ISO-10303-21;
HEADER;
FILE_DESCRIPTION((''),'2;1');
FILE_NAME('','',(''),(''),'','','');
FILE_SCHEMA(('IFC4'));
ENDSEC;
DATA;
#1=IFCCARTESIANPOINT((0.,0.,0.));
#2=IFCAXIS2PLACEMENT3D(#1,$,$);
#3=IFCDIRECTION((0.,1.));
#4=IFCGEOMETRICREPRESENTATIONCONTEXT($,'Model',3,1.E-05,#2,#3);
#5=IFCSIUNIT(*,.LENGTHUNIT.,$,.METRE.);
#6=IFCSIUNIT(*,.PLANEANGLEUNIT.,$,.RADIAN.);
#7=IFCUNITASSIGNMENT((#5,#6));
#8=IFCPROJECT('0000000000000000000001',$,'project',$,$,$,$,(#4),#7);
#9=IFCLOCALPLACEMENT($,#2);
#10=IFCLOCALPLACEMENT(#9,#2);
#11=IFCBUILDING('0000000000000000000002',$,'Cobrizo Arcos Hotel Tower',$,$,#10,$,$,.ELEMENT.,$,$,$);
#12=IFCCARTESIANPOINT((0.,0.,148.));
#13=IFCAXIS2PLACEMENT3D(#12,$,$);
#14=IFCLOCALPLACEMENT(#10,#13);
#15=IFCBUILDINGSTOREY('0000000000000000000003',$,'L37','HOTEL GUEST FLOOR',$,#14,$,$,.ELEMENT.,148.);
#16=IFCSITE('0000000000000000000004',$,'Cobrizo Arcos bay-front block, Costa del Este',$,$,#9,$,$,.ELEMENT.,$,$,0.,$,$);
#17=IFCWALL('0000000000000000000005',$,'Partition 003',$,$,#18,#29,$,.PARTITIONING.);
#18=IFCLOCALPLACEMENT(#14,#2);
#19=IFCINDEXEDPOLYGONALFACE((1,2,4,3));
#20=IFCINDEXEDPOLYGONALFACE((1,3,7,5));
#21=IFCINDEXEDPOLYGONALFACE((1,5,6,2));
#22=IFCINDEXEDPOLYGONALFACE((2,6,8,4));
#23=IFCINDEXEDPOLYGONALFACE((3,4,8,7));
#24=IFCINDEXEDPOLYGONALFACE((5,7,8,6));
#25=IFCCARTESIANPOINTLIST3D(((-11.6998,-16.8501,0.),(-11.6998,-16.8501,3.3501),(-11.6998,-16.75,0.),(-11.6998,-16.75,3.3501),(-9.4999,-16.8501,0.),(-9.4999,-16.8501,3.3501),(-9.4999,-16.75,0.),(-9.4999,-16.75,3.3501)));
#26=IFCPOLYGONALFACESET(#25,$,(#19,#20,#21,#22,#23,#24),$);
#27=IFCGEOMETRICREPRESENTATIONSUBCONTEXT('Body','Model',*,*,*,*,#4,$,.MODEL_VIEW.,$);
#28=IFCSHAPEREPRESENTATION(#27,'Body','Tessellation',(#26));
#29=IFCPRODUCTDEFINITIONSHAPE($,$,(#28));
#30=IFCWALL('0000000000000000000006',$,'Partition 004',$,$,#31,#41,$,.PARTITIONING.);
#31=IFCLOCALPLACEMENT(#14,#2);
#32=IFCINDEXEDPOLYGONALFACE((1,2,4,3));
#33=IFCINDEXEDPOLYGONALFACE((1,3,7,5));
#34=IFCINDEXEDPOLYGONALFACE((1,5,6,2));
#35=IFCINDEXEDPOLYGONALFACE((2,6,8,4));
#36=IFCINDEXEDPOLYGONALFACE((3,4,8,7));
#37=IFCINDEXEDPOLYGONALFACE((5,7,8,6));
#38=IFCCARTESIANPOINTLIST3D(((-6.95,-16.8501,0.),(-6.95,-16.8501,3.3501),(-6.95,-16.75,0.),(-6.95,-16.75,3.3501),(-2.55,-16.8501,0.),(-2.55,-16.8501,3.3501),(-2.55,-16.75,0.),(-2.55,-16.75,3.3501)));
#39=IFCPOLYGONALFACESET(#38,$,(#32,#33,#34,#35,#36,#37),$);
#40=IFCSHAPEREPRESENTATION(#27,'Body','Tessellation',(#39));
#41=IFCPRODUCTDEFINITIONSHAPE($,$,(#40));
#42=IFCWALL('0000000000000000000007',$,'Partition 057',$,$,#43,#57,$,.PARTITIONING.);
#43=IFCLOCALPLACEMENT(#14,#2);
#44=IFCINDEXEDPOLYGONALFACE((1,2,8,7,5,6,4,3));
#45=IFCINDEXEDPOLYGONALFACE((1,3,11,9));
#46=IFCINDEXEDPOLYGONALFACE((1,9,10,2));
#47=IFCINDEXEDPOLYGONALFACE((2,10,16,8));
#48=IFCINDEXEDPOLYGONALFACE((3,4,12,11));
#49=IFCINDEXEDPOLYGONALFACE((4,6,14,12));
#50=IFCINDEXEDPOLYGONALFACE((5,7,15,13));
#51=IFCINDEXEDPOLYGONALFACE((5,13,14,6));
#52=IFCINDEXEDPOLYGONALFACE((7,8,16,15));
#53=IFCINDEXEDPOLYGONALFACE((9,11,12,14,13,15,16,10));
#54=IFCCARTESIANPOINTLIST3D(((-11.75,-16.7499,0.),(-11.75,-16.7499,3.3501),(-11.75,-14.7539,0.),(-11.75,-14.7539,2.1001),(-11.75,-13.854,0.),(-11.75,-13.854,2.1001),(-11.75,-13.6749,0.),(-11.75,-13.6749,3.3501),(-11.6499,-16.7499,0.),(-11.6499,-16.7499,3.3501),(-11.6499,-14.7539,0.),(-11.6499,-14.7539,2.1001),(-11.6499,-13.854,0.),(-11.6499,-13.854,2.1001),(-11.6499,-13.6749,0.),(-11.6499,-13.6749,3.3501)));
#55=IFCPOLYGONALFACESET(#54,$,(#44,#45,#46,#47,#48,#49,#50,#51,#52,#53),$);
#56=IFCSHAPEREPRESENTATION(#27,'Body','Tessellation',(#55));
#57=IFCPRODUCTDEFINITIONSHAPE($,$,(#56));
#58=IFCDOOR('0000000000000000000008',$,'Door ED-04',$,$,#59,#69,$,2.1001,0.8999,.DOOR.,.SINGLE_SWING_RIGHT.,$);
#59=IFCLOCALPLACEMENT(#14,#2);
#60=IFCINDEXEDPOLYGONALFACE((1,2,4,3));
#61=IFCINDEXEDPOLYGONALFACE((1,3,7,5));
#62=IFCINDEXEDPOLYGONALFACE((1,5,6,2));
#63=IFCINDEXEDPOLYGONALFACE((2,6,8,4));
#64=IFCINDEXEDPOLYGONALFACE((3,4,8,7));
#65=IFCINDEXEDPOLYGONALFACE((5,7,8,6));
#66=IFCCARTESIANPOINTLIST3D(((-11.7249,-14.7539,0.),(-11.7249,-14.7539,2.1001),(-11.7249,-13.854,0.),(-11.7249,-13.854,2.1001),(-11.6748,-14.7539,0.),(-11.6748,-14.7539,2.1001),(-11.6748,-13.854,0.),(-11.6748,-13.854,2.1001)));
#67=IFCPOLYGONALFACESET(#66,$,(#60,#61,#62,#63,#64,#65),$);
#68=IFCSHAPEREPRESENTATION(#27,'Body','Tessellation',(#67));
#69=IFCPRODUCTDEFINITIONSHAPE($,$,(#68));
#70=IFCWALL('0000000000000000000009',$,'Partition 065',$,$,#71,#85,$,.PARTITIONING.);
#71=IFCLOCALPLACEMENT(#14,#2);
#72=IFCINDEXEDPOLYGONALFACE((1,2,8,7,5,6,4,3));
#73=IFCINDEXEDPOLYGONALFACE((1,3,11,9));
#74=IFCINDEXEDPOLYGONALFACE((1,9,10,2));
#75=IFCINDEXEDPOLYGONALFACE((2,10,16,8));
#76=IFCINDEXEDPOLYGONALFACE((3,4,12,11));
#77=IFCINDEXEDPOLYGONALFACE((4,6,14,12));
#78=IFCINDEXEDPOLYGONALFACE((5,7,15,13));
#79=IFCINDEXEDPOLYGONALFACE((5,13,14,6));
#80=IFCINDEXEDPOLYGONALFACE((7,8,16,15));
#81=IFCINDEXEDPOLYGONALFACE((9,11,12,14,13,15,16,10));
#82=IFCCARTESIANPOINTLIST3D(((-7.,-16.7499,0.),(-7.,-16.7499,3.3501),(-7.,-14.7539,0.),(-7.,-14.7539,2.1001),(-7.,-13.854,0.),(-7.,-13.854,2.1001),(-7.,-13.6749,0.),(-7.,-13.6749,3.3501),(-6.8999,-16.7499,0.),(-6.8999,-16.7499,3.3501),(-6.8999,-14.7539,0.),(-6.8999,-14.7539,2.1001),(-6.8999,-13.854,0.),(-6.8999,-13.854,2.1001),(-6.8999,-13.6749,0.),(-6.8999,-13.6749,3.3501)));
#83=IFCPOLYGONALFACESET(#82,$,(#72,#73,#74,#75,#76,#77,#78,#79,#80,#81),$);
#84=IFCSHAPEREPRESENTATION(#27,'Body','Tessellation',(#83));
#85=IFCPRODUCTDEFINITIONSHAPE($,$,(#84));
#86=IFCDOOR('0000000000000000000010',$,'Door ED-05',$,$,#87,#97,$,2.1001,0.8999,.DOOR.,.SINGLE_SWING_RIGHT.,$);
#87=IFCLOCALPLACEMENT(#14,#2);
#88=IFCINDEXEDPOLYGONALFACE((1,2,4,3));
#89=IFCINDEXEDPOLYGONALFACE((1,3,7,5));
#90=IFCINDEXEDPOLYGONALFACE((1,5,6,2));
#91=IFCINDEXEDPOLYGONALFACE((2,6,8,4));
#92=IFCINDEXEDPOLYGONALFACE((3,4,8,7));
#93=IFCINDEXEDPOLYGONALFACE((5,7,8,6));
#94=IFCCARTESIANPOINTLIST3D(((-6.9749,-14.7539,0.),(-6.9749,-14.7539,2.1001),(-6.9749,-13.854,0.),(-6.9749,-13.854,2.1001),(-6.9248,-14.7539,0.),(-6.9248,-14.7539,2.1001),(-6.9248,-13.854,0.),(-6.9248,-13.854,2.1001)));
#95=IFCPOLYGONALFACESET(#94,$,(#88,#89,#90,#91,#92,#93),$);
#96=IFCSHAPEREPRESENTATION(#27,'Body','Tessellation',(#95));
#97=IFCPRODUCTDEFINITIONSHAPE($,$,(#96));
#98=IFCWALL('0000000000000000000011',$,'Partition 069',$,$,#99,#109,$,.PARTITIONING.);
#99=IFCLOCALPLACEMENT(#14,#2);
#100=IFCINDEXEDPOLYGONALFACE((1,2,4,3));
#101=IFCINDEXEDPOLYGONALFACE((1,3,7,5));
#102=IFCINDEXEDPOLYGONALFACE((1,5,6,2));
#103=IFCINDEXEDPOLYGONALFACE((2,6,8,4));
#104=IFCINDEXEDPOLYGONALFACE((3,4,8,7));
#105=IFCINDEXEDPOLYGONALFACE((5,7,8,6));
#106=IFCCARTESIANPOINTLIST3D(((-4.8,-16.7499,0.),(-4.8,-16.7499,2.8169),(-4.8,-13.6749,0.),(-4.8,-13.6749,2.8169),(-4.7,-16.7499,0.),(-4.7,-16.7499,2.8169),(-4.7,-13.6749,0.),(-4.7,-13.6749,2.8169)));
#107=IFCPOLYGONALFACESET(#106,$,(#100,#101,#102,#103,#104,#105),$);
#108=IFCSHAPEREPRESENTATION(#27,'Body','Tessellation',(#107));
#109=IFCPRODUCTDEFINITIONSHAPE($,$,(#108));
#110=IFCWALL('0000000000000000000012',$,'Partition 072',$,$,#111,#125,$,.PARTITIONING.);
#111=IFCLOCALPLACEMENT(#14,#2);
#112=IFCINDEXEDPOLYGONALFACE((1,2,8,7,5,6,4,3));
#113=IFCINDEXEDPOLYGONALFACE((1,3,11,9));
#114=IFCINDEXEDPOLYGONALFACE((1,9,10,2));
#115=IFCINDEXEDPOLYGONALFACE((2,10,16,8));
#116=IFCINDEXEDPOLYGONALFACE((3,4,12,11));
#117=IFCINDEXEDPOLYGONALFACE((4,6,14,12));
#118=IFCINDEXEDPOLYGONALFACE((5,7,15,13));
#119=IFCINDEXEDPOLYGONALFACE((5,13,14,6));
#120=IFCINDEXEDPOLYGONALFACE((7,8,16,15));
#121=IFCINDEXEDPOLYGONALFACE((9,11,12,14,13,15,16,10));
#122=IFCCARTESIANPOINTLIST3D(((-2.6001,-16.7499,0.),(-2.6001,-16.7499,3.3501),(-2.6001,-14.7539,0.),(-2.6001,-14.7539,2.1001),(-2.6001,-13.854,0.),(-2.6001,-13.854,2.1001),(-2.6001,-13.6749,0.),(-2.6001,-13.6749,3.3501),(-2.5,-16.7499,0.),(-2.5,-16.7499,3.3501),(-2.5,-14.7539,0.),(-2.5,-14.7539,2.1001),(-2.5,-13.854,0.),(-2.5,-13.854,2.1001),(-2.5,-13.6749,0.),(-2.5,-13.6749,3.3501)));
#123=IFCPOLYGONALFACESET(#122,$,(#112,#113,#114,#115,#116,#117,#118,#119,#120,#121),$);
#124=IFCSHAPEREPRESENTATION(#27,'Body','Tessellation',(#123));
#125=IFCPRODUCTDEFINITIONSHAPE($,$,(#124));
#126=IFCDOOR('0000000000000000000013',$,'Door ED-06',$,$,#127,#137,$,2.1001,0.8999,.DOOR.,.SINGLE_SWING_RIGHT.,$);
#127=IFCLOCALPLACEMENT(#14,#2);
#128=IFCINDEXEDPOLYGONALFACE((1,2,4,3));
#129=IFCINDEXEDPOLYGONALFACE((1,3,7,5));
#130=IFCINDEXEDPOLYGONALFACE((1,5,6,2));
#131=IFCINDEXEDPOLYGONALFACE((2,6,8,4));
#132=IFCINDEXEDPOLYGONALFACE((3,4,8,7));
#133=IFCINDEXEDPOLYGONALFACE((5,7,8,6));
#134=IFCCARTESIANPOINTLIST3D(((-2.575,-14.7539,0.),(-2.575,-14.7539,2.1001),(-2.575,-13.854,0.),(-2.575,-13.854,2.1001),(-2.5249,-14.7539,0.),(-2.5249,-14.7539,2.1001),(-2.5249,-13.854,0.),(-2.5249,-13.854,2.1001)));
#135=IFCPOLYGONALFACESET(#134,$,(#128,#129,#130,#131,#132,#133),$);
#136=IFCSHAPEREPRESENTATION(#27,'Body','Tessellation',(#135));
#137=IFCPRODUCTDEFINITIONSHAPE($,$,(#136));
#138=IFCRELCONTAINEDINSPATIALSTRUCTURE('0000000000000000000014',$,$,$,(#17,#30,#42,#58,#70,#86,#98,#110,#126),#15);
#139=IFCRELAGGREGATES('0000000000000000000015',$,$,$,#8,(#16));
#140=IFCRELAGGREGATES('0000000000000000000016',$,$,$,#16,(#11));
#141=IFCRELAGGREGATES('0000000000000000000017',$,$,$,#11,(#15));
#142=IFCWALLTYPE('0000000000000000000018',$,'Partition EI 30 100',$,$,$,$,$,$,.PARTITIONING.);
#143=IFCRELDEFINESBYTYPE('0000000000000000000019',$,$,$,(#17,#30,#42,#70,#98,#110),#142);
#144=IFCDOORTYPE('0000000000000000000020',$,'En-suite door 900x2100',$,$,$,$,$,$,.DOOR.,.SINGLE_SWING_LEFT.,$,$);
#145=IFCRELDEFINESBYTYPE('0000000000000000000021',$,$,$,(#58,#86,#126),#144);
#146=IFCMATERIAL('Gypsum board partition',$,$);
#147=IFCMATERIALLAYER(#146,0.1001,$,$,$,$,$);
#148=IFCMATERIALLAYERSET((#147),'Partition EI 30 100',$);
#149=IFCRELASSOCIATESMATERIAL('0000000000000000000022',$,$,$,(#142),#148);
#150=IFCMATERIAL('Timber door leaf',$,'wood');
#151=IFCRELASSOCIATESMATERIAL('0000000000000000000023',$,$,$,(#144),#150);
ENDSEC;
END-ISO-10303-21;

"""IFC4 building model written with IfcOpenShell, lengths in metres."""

from ifc_helpers import new_model, si_unit, direction, frame, frame_2d, origin, place, context, subcontext, project, spatial, rectangle, extrude, material, layer, layer_set, type_object, element, fill, save


model = new_model("IFC4")

# Units and contexts
model_context = context("Model", 3, precision=1e-05, world=origin(), true_north=direction((0.0, 1.0)))
body_context = subcontext(model_context, "Body", "Model", "MODEL_VIEW")
ifc_project = project(units=[si_unit("LENGTHUNIT", "METRE"), si_unit("PLANEANGLEUNIT", "RADIAN")], contexts=[model_context])

# Site, building, storey
site_placement = place(None, origin())
site = spatial("IfcSite", under=ifc_project, at=site_placement, Name="Cobrizo Arcos bay-front block, Costa del Este", CompositionType="ELEMENT", RefElevation=0.0)
building_placement = place(site_placement, origin())
building = spatial("IfcBuilding", under=site, at=building_placement, Name="Cobrizo Arcos Hotel Tower", CompositionType="ELEMENT")
storey_placement = place(building_placement, frame((0.0, 0.0, 148.0)))
storey = spatial("IfcBuildingStorey", under=building, at=storey_placement, Name="L37", Description="HOTEL GUEST FLOOR", CompositionType="ELEMENT", Elevation=148.0)

# Shared definitions
ifc_material_1 = material(Name="Gypsum board partition")
ifc_material_2 = material(Name="Timber door leaf", Category="wood")

# Walls
ifc_layer_1 = layer(ifc_material_1, 0.1001)
ifc_layer_set_1 = layer_set([ifc_layer_1], Name="Partition EI 30 100")
wall_type_1 = type_object("IfcWallType", Name="Partition EI 30 100", PredefinedType="PARTITIONING", material=ifc_layer_set_1)
wall_1_placement = place(storey_placement, frame((-11.7, -16.8, 0.0), z_axis=(0.0, 0.0, 1.0), x_axis=(1.0, 0.0, 0.0)))
element("IfcWall", 1, at=wall_1_placement, inside=storey, type_object=wall_type_1, Name="Partition 003", PredefinedType="PARTITIONING", context=body_context, shape_type="SweptSolid", body=[
    extrude(rectangle(XDim=2.2, YDim=0.1001, at=frame_2d((1.1001, 0.0))), origin(), (0.0, 0.0, 1.0), 3.3501),
])
wall_2_placement = place(storey_placement, frame((-6.95, -16.8, 0.0), z_axis=(0.0, 0.0, 1.0), x_axis=(1.0, 0.0, 0.0)))
element("IfcWall", 2, at=wall_2_placement, inside=storey, type_object=wall_type_1, Name="Partition 004", PredefinedType="PARTITIONING", context=body_context, shape_type="SweptSolid", body=[
    extrude(rectangle(XDim=4.3999, YDim=0.1001, at=frame_2d((2.2, 0.0))), origin(), (0.0, 0.0, 1.0), 3.3501),
])

# Walls, openings, doors
wall_3_placement = place(storey_placement, frame((-11.7, -16.75, 0.0), z_axis=(0.0, 0.0, 1.0), x_axis=(0.0, 1.0, 0.0)))
wall_3 = element("IfcWall", 3, at=wall_3_placement, inside=storey, type_object=wall_type_1, Name="Partition 057", PredefinedType="PARTITIONING", context=body_context, shape_type="SweptSolid", body=[
    extrude(rectangle(XDim=3.075, YDim=0.1001, at=frame_2d((1.5376, 0.0))), origin(), (0.0, 0.0, 1.0), 3.3501),
])
opening_1_placement = place(wall_3_placement, frame((1.9961, 0.0, 0.0)))
opening_1 = element("IfcOpeningElement", 4, at=opening_1_placement, cuts=wall_3, PredefinedType="OPENING", context=body_context, shape_type="SweptSolid", body=[
    extrude(rectangle(XDim=0.8999, YDim=2.1001, at=frame_2d((0.45, 1.05))), frame((0.0, 0.062, 0.0), z_axis=(0.0, -1.0, 0.0), x_axis=(1.0, 0.0, 0.0)), (0.0, 0.0, 1.0), 0.124),
])
door_type_1 = type_object("IfcDoorType", Name="En-suite door 900x2100", OperationType="SINGLE_SWING_LEFT", PredefinedType="DOOR", material=ifc_material_2)
door_1_placement = place(opening_1_placement, origin())
door_1 = element("IfcDoor", 5, at=door_1_placement, inside=storey, type_object=door_type_1, Name="Door ED-04", OperationType="SINGLE_SWING_RIGHT", OverallHeight=2.1001, OverallWidth=0.8999, PredefinedType="DOOR", context=body_context, shape_type="SweptSolid", body=[
    extrude(rectangle(XDim=0.8999, YDim=2.1001, at=frame_2d((0.45, 1.05))), frame((0.0, 0.0249, 0.0), z_axis=(0.0, -1.0, 0.0), x_axis=(1.0, 0.0, 0.0)), (0.0, 0.0, 1.0), 0.05),
])
fill(opening_1, door_1)
wall_4_placement = place(storey_placement, frame((-6.95, -16.75, 0.0), z_axis=(0.0, 0.0, 1.0), x_axis=(0.0, 1.0, 0.0)))
wall_4 = element("IfcWall", 6, at=wall_4_placement, inside=storey, type_object=wall_type_1, Name="Partition 065", PredefinedType="PARTITIONING", context=body_context, shape_type="SweptSolid", body=[
    extrude(rectangle(XDim=3.075, YDim=0.1001, at=frame_2d((1.5376, 0.0))), origin(), (0.0, 0.0, 1.0), 3.3501),
])
opening_2_placement = place(wall_4_placement, frame((1.9961, 0.0, 0.0)))
opening_2 = element("IfcOpeningElement", 7, at=opening_2_placement, cuts=wall_4, PredefinedType="OPENING", context=body_context, shape_type="SweptSolid", body=[
    extrude(rectangle(XDim=0.8999, YDim=2.1001, at=frame_2d((0.45, 1.05))), frame((0.0, 0.062, 0.0), z_axis=(0.0, -1.0, 0.0), x_axis=(1.0, 0.0, 0.0)), (0.0, 0.0, 1.0), 0.124),
])
door_2_placement = place(opening_2_placement, origin())
door_2 = element("IfcDoor", 8, at=door_2_placement, inside=storey, type_object=door_type_1, Name="Door ED-05", OperationType="SINGLE_SWING_RIGHT", OverallHeight=2.1001, OverallWidth=0.8999, PredefinedType="DOOR", context=body_context, shape_type="SweptSolid", body=[
    extrude(rectangle(XDim=0.8999, YDim=2.1001, at=frame_2d((0.45, 1.05))), frame((0.0, 0.0249, 0.0), z_axis=(0.0, -1.0, 0.0), x_axis=(1.0, 0.0, 0.0)), (0.0, 0.0, 1.0), 0.05),
])
fill(opening_2, door_2)

# Wall
wall_5_placement = place(storey_placement, frame((-4.75, -16.75, 0.0), z_axis=(0.0, 0.0, 1.0), x_axis=(0.0, 1.0, 0.0)))
element("IfcWall", 9, at=wall_5_placement, inside=storey, type_object=wall_type_1, Name="Partition 069", PredefinedType="PARTITIONING", context=body_context, shape_type="SweptSolid", body=[
    extrude(rectangle(XDim=3.075, YDim=0.1001, at=frame_2d((1.5376, 0.0))), origin(), (0.0, 0.0, 1.0), 2.8169),
])

# Wall, opening, door
wall_6_placement = place(storey_placement, frame((-2.55, -16.75, 0.0), z_axis=(0.0, 0.0, 1.0), x_axis=(0.0, 1.0, 0.0)))
wall_6 = element("IfcWall", 10, at=wall_6_placement, inside=storey, type_object=wall_type_1, Name="Partition 072", PredefinedType="PARTITIONING", context=body_context, shape_type="SweptSolid", body=[
    extrude(rectangle(XDim=3.075, YDim=0.1001, at=frame_2d((1.5376, 0.0))), origin(), (0.0, 0.0, 1.0), 3.3501),
])
opening_3_placement = place(wall_6_placement, frame((1.9961, 0.0, 0.0)))
opening_3 = element("IfcOpeningElement", 11, at=opening_3_placement, cuts=wall_6, PredefinedType="OPENING", context=body_context, shape_type="SweptSolid", body=[
    extrude(rectangle(XDim=0.8999, YDim=2.1001, at=frame_2d((0.45, 1.05))), frame((0.0, 0.062, 0.0), z_axis=(0.0, -1.0, 0.0), x_axis=(1.0, 0.0, 0.0)), (0.0, 0.0, 1.0), 0.124),
])
door_3_placement = place(opening_3_placement, origin())
door_3 = element("IfcDoor", 12, at=door_3_placement, inside=storey, type_object=door_type_1, Name="Door ED-06", OperationType="SINGLE_SWING_RIGHT", OverallHeight=2.1001, OverallWidth=0.8999, PredefinedType="DOOR", context=body_context, shape_type="SweptSolid", body=[
    extrude(rectangle(XDim=0.8999, YDim=2.1001, at=frame_2d((0.45, 1.05))), frame((0.0, 0.0249, 0.0), z_axis=(0.0, -1.0, 0.0), x_axis=(1.0, 0.0, 0.0)), (0.0, 0.0, 1.0), 0.05),
])
fill(opening_3, door_3)

save(model, "model.ifc")
